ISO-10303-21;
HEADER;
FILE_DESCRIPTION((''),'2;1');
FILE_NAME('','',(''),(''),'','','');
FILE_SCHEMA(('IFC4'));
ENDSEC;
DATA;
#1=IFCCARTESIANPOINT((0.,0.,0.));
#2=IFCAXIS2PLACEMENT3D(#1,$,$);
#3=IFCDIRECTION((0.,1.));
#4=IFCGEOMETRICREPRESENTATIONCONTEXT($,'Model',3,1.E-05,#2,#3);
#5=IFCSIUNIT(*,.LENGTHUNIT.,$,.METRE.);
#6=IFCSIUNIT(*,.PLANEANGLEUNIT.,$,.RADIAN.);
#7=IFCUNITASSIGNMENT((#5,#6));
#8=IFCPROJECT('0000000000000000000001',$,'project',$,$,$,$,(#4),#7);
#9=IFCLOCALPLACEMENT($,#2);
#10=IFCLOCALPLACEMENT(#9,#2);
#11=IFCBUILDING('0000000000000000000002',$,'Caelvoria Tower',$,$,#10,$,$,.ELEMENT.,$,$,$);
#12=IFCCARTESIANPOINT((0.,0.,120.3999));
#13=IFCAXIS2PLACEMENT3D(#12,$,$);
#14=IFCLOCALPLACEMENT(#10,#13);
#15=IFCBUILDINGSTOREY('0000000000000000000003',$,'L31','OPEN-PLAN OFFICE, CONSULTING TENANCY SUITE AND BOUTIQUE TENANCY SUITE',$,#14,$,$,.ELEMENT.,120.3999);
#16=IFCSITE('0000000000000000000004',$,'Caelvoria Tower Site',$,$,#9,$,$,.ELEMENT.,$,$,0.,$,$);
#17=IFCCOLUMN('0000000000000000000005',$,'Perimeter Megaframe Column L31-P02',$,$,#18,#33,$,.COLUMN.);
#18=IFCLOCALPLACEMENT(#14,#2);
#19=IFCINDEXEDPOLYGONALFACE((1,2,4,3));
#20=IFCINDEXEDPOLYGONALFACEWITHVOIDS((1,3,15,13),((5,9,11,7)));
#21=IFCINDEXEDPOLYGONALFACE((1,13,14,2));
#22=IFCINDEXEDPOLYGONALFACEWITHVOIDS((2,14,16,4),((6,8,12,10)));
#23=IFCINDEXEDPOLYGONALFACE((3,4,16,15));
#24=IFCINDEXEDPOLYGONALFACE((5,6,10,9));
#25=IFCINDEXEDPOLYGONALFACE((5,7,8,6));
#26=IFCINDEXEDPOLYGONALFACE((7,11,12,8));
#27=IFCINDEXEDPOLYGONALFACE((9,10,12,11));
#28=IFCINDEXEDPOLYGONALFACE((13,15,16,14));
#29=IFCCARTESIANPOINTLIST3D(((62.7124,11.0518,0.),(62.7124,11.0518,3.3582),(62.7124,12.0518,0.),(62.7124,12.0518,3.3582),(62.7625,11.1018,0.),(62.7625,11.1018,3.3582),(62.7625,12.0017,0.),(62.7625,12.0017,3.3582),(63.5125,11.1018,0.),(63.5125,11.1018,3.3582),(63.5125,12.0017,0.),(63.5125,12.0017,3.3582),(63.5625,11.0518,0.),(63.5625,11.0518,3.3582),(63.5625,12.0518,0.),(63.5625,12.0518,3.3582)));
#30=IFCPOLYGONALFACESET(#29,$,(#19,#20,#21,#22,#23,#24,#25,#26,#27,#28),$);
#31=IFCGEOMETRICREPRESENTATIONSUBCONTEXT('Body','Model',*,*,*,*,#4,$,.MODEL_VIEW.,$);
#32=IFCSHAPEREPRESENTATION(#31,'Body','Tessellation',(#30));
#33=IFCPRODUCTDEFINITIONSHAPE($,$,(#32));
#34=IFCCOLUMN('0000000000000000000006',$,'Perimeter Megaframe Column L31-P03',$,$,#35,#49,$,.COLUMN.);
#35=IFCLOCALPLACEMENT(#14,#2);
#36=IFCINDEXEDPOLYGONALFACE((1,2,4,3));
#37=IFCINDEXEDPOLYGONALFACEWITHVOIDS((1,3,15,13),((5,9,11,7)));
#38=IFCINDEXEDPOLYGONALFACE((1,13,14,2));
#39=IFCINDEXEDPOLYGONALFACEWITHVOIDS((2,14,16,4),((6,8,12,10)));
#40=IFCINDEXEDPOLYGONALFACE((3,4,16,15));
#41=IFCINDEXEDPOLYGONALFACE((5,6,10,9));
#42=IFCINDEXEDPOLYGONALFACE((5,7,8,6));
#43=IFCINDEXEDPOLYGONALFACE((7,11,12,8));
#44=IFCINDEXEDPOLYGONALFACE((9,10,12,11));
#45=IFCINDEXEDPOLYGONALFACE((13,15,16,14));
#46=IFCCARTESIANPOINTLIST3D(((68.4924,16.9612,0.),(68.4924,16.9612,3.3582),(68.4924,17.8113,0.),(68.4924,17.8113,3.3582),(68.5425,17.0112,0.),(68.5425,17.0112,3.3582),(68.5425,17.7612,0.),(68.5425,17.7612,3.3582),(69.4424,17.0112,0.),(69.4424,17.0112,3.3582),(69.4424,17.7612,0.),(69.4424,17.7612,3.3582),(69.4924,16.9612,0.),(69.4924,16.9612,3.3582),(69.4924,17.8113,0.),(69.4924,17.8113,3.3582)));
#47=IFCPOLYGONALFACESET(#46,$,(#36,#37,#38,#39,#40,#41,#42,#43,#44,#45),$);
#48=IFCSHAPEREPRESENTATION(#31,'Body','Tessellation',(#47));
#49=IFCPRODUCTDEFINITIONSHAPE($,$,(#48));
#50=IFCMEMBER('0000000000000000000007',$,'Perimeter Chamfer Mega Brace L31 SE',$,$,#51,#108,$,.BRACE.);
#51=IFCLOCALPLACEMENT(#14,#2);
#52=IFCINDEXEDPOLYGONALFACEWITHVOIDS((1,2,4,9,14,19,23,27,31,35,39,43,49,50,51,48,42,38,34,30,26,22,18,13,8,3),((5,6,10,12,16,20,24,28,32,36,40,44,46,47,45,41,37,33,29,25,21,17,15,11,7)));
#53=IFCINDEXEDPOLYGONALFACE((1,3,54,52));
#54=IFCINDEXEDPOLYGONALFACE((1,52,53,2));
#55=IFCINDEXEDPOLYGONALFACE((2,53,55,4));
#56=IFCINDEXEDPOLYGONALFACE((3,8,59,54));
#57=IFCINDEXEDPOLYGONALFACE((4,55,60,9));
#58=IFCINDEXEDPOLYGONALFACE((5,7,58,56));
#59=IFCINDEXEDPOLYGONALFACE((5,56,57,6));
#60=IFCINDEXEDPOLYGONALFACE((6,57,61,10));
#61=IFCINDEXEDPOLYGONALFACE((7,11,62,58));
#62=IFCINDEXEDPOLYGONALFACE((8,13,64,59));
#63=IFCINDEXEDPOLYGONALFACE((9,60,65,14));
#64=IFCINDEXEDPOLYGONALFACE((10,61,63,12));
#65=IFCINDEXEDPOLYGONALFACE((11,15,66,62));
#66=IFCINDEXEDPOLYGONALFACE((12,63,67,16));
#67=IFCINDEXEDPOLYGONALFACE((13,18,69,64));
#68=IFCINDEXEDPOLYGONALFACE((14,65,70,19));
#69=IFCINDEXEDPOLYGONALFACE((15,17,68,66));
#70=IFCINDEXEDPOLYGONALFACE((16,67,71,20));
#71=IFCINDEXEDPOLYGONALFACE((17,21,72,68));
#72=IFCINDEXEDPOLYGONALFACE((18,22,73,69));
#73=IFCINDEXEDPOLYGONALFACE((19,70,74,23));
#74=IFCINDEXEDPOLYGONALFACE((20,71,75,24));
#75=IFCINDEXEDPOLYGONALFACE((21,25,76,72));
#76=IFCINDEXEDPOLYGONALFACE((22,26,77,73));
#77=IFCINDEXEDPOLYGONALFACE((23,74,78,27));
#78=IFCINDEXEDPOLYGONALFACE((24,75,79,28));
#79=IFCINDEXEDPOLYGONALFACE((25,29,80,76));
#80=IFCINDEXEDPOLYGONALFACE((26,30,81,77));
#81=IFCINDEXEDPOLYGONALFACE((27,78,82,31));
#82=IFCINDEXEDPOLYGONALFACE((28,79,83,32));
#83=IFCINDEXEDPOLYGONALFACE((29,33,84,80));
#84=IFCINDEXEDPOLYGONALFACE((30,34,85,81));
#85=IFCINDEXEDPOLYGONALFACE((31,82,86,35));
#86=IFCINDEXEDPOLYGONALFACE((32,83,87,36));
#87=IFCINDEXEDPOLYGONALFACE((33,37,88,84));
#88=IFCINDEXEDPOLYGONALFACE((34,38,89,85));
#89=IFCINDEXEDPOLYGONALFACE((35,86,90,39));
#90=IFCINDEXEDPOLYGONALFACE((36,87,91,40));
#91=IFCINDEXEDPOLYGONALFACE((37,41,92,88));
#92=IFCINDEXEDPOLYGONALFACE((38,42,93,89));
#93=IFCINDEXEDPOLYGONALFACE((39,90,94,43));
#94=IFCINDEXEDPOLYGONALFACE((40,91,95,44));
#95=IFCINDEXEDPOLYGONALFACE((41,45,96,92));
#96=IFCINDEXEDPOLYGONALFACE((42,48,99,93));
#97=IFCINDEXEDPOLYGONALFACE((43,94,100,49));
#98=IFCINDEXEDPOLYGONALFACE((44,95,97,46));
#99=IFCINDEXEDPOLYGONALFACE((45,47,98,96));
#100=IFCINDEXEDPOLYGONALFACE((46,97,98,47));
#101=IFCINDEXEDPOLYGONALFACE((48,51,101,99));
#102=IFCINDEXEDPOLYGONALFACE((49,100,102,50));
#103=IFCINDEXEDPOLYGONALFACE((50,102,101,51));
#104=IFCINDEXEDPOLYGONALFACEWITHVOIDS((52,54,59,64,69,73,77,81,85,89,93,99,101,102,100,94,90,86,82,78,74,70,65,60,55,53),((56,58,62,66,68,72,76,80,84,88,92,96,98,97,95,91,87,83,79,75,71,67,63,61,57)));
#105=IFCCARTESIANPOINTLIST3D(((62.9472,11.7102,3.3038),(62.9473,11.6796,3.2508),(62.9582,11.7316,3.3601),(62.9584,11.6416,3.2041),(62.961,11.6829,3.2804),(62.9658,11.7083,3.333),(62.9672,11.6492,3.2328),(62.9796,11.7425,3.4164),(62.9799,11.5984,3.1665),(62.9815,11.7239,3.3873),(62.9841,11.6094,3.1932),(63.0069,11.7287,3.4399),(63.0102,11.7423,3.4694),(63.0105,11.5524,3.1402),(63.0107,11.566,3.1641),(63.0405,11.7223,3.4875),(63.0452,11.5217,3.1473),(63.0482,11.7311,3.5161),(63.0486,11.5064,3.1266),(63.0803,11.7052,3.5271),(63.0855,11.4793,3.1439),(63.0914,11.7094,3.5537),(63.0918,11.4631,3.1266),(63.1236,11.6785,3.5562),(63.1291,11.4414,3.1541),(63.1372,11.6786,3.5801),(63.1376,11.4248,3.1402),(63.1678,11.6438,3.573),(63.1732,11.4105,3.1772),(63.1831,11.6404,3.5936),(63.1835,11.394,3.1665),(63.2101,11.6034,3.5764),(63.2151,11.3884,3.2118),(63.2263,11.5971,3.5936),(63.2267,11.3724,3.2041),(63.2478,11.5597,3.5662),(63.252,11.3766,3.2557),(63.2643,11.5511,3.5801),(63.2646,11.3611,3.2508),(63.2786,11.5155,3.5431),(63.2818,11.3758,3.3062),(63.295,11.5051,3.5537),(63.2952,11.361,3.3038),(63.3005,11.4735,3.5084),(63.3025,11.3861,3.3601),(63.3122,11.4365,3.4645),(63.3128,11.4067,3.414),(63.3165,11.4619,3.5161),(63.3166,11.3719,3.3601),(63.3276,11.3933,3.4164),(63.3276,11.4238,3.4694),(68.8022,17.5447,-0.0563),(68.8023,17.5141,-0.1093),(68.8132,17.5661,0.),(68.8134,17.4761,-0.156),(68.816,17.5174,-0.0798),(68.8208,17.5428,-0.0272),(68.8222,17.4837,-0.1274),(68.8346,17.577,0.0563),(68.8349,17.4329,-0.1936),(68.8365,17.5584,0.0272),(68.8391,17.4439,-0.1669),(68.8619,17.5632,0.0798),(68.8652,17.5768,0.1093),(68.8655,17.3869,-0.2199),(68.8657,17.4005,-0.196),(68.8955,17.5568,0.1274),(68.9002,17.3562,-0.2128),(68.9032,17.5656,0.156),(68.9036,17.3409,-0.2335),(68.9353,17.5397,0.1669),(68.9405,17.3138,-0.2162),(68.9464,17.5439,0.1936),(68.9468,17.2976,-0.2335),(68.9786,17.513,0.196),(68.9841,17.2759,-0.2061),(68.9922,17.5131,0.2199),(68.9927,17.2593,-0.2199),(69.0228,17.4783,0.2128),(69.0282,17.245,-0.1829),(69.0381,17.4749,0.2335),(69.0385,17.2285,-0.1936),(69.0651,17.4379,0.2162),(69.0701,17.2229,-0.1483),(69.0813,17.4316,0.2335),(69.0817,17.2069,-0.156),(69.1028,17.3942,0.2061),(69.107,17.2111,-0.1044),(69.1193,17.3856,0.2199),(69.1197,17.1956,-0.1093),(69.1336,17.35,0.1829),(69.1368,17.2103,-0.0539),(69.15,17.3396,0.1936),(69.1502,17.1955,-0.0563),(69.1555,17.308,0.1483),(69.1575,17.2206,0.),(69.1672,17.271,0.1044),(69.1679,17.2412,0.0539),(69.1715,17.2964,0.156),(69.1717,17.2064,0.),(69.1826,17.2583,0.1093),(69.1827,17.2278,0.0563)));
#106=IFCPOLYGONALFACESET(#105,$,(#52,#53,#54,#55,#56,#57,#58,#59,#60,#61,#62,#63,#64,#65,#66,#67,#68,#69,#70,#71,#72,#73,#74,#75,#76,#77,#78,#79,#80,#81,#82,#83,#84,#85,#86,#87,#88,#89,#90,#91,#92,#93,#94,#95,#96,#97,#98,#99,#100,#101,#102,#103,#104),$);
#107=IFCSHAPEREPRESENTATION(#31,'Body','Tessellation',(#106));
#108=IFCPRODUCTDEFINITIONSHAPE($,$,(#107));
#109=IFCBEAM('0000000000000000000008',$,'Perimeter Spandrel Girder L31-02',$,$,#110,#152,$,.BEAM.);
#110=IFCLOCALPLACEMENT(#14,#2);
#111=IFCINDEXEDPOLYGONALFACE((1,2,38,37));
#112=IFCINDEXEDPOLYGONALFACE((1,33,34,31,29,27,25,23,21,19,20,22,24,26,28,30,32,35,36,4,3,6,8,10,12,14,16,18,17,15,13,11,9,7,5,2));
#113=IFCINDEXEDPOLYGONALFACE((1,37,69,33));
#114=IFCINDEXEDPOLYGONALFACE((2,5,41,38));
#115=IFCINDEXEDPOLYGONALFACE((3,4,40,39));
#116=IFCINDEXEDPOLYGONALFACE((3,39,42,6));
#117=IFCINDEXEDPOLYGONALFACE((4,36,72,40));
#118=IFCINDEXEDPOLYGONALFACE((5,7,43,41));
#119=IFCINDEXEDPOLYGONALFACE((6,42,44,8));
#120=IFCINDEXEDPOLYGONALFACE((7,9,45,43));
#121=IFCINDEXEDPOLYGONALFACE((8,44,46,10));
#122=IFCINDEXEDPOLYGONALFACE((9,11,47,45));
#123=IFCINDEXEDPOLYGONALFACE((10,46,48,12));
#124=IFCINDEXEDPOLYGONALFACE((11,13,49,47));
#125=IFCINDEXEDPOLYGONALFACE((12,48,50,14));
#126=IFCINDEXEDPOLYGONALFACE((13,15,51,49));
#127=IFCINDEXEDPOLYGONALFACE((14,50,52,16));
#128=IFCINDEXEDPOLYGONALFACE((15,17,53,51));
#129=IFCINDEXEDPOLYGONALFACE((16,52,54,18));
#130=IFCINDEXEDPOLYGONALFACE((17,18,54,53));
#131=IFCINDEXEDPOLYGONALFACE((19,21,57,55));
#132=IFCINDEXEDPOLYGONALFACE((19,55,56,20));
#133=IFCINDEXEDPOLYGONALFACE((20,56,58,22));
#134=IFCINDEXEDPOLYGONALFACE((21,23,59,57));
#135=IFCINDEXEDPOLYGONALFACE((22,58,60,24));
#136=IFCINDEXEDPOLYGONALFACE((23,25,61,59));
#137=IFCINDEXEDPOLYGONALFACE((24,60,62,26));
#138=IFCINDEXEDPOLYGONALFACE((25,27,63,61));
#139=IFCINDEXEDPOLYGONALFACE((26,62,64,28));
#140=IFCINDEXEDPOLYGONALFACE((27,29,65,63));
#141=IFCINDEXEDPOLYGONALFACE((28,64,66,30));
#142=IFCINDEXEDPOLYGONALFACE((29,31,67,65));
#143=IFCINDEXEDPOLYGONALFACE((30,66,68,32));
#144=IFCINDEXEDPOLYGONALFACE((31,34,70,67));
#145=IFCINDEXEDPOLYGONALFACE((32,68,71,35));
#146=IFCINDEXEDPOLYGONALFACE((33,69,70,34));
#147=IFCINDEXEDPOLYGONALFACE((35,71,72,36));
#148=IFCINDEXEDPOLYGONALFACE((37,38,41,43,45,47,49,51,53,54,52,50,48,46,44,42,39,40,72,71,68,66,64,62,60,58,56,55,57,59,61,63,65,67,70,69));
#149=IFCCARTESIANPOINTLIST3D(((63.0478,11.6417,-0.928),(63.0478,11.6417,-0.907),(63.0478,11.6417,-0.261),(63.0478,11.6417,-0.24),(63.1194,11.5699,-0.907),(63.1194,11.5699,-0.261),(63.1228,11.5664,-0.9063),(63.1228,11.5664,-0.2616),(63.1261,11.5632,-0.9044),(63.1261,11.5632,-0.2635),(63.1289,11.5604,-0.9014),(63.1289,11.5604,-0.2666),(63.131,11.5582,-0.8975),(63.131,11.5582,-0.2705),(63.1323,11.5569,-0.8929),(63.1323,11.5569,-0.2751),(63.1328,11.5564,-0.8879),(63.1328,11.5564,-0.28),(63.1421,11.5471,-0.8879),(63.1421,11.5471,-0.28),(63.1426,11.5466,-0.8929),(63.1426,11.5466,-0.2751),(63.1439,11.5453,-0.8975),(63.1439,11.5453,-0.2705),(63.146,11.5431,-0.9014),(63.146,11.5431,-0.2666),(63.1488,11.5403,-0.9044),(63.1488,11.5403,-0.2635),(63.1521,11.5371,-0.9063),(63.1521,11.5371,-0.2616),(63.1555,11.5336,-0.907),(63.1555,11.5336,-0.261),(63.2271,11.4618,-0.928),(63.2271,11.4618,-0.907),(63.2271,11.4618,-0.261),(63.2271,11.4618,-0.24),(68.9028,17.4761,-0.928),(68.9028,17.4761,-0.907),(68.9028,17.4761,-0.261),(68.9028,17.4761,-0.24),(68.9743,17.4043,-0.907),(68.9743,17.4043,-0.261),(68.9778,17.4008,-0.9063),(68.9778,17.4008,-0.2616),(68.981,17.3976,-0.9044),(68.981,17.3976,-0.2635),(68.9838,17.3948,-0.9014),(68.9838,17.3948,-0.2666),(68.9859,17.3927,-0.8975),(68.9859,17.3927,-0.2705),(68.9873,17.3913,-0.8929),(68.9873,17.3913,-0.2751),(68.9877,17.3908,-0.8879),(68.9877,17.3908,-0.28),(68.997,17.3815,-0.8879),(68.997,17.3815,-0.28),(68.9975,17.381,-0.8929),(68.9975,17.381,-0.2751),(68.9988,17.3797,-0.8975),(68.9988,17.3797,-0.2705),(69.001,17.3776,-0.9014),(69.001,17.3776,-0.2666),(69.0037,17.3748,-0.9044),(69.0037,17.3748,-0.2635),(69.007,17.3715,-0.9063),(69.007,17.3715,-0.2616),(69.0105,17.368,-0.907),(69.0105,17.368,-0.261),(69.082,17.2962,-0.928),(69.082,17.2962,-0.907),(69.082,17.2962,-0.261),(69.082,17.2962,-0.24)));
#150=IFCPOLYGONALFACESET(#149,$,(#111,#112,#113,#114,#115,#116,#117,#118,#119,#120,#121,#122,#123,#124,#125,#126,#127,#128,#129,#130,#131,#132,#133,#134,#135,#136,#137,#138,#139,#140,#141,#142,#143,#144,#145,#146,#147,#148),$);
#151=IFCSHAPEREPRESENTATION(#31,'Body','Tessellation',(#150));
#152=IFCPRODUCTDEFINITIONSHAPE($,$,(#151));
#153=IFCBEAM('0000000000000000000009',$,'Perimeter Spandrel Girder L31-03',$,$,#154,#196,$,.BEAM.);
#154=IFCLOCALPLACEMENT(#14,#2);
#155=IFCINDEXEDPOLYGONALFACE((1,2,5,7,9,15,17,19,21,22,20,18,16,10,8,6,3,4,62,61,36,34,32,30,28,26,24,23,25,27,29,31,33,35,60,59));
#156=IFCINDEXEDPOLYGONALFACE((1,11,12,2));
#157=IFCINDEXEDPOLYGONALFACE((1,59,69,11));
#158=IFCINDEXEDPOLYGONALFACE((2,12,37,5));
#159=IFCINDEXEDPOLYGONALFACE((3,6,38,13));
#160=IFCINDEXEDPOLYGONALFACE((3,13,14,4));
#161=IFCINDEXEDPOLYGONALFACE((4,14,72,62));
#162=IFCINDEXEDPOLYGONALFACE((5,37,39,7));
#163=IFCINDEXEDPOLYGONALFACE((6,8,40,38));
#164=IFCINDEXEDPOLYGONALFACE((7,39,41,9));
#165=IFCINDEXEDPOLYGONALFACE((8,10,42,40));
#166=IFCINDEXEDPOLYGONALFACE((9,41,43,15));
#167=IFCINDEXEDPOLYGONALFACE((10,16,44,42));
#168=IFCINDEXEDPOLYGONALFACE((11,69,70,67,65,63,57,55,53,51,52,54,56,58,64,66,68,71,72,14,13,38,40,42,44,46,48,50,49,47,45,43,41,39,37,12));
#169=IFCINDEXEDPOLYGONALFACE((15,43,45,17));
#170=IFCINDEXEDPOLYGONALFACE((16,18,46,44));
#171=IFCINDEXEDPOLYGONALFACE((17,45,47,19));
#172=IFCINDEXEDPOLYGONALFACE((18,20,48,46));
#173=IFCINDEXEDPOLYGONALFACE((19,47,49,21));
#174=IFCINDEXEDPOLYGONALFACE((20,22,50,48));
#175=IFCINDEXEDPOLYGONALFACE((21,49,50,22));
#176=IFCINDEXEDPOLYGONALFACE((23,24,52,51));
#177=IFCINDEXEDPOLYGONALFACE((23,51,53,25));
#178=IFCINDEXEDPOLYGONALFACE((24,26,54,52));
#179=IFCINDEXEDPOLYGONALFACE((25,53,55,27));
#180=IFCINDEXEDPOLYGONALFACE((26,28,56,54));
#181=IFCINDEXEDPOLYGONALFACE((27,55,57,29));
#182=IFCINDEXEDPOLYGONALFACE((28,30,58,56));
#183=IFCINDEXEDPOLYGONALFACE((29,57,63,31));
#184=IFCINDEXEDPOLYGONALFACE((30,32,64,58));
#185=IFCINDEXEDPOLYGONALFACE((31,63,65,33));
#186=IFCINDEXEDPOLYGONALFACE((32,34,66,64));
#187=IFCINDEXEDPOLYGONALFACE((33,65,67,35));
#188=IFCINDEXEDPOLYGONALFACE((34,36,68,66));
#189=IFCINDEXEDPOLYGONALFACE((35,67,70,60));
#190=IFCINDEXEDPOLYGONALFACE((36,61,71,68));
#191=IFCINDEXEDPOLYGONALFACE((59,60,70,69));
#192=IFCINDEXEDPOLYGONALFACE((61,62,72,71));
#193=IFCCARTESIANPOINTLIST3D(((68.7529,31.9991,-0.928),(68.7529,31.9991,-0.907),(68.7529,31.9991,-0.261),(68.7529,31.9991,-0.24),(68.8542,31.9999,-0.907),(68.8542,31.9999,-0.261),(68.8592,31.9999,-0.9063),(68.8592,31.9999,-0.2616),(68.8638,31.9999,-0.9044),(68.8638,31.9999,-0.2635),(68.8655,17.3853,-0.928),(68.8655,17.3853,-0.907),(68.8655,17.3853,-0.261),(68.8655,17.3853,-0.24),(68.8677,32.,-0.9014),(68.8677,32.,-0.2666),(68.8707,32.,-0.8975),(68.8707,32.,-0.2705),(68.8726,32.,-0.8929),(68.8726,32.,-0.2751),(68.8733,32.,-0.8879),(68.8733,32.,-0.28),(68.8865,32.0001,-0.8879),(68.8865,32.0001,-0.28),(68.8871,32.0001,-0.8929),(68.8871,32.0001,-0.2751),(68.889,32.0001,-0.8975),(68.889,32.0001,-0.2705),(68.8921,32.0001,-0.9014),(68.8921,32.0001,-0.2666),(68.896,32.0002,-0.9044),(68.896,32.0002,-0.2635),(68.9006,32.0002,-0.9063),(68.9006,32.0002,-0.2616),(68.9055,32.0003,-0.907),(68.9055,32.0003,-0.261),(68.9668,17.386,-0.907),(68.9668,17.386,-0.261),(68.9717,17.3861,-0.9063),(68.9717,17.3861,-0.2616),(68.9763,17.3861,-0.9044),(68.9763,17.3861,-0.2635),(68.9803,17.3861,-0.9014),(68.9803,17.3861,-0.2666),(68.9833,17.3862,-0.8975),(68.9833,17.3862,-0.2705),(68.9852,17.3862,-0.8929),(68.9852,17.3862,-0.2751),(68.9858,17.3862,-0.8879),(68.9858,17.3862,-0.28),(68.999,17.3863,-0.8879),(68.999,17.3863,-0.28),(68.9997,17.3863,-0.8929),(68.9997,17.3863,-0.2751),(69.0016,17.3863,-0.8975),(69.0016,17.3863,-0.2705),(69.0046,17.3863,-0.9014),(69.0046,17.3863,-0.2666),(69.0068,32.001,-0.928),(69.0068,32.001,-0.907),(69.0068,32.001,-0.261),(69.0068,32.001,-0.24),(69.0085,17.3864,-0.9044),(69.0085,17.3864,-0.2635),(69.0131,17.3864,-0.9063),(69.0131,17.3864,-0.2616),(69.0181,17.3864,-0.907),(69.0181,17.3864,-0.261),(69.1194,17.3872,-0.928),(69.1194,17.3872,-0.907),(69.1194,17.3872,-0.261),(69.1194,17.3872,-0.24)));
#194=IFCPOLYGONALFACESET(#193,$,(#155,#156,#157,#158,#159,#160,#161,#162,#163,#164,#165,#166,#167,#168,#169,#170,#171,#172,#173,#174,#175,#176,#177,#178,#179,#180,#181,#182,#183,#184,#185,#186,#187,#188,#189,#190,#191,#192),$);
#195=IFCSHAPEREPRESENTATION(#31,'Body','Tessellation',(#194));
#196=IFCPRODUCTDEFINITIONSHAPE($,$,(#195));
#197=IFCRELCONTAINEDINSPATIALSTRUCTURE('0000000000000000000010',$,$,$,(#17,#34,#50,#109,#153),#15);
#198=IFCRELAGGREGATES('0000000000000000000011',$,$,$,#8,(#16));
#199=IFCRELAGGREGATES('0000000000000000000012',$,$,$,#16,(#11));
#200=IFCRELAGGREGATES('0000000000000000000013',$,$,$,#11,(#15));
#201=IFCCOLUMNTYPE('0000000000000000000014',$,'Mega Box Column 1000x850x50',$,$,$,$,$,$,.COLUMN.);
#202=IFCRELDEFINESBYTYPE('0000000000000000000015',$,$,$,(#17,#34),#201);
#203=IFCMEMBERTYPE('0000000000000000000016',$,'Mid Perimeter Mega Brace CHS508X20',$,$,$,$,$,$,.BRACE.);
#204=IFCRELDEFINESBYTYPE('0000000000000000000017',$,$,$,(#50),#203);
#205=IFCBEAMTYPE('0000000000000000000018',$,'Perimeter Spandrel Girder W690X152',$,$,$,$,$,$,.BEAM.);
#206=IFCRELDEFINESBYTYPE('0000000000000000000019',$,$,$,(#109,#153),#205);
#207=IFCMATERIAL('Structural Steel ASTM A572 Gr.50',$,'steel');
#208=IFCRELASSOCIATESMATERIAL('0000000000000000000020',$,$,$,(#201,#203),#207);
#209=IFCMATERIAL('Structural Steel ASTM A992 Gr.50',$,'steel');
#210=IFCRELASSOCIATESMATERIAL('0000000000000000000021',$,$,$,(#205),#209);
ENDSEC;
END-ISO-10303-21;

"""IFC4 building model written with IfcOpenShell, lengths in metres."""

from ifc_helpers import new_model, si_unit, direction, frame, origin, origin_2d, place, context, subcontext, project, spatial, hollow_rectangle, hollow_circle, i_section, extrude, material, material_profile, profile_set, type_object, element, save


model = new_model("IFC4")

# Units and contexts
model_context = context("Model", 3, precision=1e-05, world=origin(), true_north=direction((0.0, 1.0)))
body_context = subcontext(model_context, "Body", "Model", "MODEL_VIEW")
ifc_project = project(units=[si_unit("LENGTHUNIT", "METRE"), si_unit("PLANEANGLEUNIT", "RADIAN")], contexts=[model_context])

# Site, building, storey
site_placement = place(None, origin())
site = spatial("IfcSite", under=ifc_project, at=site_placement, Name="Caelvoria Tower Site", CompositionType="ELEMENT", RefElevation=0.0)
building_placement = place(site_placement, origin())
building = spatial("IfcBuilding", under=site, at=building_placement, Name="Caelvoria Tower", CompositionType="ELEMENT")
storey_placement = place(building_placement, frame((0.0, 0.0, 120.3999)))
storey = spatial("IfcBuildingStorey", under=building, at=storey_placement, Name="L31", Description="OPEN-PLAN OFFICE, CONSULTING TENANCY SUITE AND BOUTIQUE TENANCY SUITE", CompositionType="ELEMENT", Elevation=120.3999)

# Columns
ifc_material_1 = material(Name="Structural Steel ASTM A572 Gr.50", Category="steel")
ifc_material_profile_1 = material_profile(ifc_material_1, hollow_rectangle(XDim=0.8501, YDim=1.0, WallThickness=0.05, at=origin_2d()), Name="Structural Steel ASTM A572 Gr.50")
ifc_profile_set_1 = profile_set([ifc_material_profile_1], Name="BOX1000X850X50 - Structural Steel ASTM A572 Gr.50")
column_type = type_object("IfcColumnType", Name="Mega Box Column 1000x850x50", PredefinedType="COLUMN", material=ifc_profile_set_1)
for number, where, z_axis, x_axis, name in (
    (1, (63.1375, 11.5518, 0.0), (0.0, 0.0, 1.0), (1.0, 0.0, 0.0), "Perimeter Megaframe Column L31-P02"),
    (2, (68.9924, 17.3862, 0.0), (0.0, 0.0, 1.0), (0.0, 1.0, 0.0), "Perimeter Megaframe Column L31-P03"),
):
    element("IfcColumn", number, at=place(storey_placement, frame(where, z_axis=z_axis, x_axis=x_axis)), inside=storey, type_object=column_type, Name=name, PredefinedType="COLUMN", context=body_context, shape_type="SweptSolid", body=[
        extrude(hollow_rectangle(XDim=0.8501, YDim=1.0, WallThickness=0.05, at=origin_2d()), origin(), (0.0, 0.0, 1.0), 3.3582),
    ])

# Member
ifc_material_profile_2 = material_profile(ifc_material_1, hollow_circle(Radius=0.2539, WallThickness=0.02, at=origin_2d()), Name="Structural Steel ASTM A572 Gr.50")
ifc_profile_set_2 = profile_set([ifc_material_profile_2], Name="CHS508X20 - Structural Steel ASTM A572 Gr.50")
member_type = type_object("IfcMemberType", Name="Mid Perimeter Mega Brace CHS508X20", PredefinedType="BRACE", material=ifc_profile_set_2)
member_placement = place(storey_placement, frame((68.9924, 17.3862, 0.0), z_axis=(-0.656199, -0.653901, 0.376585), x_axis=(0.705865, -0.708346, 0.0)))
element("IfcMember", 3, at=member_placement, inside=storey, type_object=member_type, Name="Perimeter Chamfer Mega Brace L31 SE", PredefinedType="BRACE", context=body_context, shape_type="SweptSolid", body=[
    extrude(hollow_circle(Radius=0.2539, WallThickness=0.02, at=origin_2d()), origin(), (0.0, 0.0, 1.0), 8.9226),
])

# Beams
ifc_material_2 = material(Name="Structural Steel ASTM A992 Gr.50", Category="steel")
ifc_material_profile_3 = material_profile(ifc_material_2, i_section(OverallWidth=0.2539, OverallDepth=0.688, WebThickness=0.0132, FlangeThickness=0.021, FilletRadius=0.019, at=origin_2d()), Name="Structural Steel ASTM A992 Gr.50")
ifc_profile_set_3 = profile_set([ifc_material_profile_3], Name="W690X152 - Structural Steel ASTM A992 Gr.50")
beam_type_1 = type_object("IfcBeamType", Name="Perimeter Spandrel Girder W690X152", PredefinedType="BEAM", material=ifc_profile_set_3)
beam_1_placement = place(storey_placement, frame((63.1375, 11.5518, -0.584), z_axis=(0.708346, 0.705865, 0.0), x_axis=(-0.705865, 0.708346, 0.0)))
element("IfcBeam", 4, at=beam_1_placement, inside=storey, type_object=beam_type_1, Name="Perimeter Spandrel Girder L31-02", PredefinedType="BEAM", context=body_context, shape_type="SweptSolid", body=[
    extrude(i_section(OverallWidth=0.2539, OverallDepth=0.688, WebThickness=0.0132, FlangeThickness=0.021, FilletRadius=0.019, at=origin_2d()), origin(), (0.0, 0.0, 1.0), 8.2656),
])
beam_2_placement = place(storey_placement, frame((68.9924, 17.3862, -0.584), z_axis=(-0.007701, 0.99997, 0.0), x_axis=(-0.99997, -0.007701, 0.0)))
element("IfcBeam", 5, at=beam_2_placement, inside=storey, type_object=beam_type_1, Name="Perimeter Spandrel Girder L31-03", PredefinedType="BEAM", context=body_context, shape_type="SweptSolid", body=[
    extrude(i_section(OverallWidth=0.2539, OverallDepth=0.688, WebThickness=0.0132, FlangeThickness=0.021, FilletRadius=0.019, at=origin_2d()), origin(), (0.0, 0.0, 1.0), 14.6143),
])

save(model, "model.ifc")
